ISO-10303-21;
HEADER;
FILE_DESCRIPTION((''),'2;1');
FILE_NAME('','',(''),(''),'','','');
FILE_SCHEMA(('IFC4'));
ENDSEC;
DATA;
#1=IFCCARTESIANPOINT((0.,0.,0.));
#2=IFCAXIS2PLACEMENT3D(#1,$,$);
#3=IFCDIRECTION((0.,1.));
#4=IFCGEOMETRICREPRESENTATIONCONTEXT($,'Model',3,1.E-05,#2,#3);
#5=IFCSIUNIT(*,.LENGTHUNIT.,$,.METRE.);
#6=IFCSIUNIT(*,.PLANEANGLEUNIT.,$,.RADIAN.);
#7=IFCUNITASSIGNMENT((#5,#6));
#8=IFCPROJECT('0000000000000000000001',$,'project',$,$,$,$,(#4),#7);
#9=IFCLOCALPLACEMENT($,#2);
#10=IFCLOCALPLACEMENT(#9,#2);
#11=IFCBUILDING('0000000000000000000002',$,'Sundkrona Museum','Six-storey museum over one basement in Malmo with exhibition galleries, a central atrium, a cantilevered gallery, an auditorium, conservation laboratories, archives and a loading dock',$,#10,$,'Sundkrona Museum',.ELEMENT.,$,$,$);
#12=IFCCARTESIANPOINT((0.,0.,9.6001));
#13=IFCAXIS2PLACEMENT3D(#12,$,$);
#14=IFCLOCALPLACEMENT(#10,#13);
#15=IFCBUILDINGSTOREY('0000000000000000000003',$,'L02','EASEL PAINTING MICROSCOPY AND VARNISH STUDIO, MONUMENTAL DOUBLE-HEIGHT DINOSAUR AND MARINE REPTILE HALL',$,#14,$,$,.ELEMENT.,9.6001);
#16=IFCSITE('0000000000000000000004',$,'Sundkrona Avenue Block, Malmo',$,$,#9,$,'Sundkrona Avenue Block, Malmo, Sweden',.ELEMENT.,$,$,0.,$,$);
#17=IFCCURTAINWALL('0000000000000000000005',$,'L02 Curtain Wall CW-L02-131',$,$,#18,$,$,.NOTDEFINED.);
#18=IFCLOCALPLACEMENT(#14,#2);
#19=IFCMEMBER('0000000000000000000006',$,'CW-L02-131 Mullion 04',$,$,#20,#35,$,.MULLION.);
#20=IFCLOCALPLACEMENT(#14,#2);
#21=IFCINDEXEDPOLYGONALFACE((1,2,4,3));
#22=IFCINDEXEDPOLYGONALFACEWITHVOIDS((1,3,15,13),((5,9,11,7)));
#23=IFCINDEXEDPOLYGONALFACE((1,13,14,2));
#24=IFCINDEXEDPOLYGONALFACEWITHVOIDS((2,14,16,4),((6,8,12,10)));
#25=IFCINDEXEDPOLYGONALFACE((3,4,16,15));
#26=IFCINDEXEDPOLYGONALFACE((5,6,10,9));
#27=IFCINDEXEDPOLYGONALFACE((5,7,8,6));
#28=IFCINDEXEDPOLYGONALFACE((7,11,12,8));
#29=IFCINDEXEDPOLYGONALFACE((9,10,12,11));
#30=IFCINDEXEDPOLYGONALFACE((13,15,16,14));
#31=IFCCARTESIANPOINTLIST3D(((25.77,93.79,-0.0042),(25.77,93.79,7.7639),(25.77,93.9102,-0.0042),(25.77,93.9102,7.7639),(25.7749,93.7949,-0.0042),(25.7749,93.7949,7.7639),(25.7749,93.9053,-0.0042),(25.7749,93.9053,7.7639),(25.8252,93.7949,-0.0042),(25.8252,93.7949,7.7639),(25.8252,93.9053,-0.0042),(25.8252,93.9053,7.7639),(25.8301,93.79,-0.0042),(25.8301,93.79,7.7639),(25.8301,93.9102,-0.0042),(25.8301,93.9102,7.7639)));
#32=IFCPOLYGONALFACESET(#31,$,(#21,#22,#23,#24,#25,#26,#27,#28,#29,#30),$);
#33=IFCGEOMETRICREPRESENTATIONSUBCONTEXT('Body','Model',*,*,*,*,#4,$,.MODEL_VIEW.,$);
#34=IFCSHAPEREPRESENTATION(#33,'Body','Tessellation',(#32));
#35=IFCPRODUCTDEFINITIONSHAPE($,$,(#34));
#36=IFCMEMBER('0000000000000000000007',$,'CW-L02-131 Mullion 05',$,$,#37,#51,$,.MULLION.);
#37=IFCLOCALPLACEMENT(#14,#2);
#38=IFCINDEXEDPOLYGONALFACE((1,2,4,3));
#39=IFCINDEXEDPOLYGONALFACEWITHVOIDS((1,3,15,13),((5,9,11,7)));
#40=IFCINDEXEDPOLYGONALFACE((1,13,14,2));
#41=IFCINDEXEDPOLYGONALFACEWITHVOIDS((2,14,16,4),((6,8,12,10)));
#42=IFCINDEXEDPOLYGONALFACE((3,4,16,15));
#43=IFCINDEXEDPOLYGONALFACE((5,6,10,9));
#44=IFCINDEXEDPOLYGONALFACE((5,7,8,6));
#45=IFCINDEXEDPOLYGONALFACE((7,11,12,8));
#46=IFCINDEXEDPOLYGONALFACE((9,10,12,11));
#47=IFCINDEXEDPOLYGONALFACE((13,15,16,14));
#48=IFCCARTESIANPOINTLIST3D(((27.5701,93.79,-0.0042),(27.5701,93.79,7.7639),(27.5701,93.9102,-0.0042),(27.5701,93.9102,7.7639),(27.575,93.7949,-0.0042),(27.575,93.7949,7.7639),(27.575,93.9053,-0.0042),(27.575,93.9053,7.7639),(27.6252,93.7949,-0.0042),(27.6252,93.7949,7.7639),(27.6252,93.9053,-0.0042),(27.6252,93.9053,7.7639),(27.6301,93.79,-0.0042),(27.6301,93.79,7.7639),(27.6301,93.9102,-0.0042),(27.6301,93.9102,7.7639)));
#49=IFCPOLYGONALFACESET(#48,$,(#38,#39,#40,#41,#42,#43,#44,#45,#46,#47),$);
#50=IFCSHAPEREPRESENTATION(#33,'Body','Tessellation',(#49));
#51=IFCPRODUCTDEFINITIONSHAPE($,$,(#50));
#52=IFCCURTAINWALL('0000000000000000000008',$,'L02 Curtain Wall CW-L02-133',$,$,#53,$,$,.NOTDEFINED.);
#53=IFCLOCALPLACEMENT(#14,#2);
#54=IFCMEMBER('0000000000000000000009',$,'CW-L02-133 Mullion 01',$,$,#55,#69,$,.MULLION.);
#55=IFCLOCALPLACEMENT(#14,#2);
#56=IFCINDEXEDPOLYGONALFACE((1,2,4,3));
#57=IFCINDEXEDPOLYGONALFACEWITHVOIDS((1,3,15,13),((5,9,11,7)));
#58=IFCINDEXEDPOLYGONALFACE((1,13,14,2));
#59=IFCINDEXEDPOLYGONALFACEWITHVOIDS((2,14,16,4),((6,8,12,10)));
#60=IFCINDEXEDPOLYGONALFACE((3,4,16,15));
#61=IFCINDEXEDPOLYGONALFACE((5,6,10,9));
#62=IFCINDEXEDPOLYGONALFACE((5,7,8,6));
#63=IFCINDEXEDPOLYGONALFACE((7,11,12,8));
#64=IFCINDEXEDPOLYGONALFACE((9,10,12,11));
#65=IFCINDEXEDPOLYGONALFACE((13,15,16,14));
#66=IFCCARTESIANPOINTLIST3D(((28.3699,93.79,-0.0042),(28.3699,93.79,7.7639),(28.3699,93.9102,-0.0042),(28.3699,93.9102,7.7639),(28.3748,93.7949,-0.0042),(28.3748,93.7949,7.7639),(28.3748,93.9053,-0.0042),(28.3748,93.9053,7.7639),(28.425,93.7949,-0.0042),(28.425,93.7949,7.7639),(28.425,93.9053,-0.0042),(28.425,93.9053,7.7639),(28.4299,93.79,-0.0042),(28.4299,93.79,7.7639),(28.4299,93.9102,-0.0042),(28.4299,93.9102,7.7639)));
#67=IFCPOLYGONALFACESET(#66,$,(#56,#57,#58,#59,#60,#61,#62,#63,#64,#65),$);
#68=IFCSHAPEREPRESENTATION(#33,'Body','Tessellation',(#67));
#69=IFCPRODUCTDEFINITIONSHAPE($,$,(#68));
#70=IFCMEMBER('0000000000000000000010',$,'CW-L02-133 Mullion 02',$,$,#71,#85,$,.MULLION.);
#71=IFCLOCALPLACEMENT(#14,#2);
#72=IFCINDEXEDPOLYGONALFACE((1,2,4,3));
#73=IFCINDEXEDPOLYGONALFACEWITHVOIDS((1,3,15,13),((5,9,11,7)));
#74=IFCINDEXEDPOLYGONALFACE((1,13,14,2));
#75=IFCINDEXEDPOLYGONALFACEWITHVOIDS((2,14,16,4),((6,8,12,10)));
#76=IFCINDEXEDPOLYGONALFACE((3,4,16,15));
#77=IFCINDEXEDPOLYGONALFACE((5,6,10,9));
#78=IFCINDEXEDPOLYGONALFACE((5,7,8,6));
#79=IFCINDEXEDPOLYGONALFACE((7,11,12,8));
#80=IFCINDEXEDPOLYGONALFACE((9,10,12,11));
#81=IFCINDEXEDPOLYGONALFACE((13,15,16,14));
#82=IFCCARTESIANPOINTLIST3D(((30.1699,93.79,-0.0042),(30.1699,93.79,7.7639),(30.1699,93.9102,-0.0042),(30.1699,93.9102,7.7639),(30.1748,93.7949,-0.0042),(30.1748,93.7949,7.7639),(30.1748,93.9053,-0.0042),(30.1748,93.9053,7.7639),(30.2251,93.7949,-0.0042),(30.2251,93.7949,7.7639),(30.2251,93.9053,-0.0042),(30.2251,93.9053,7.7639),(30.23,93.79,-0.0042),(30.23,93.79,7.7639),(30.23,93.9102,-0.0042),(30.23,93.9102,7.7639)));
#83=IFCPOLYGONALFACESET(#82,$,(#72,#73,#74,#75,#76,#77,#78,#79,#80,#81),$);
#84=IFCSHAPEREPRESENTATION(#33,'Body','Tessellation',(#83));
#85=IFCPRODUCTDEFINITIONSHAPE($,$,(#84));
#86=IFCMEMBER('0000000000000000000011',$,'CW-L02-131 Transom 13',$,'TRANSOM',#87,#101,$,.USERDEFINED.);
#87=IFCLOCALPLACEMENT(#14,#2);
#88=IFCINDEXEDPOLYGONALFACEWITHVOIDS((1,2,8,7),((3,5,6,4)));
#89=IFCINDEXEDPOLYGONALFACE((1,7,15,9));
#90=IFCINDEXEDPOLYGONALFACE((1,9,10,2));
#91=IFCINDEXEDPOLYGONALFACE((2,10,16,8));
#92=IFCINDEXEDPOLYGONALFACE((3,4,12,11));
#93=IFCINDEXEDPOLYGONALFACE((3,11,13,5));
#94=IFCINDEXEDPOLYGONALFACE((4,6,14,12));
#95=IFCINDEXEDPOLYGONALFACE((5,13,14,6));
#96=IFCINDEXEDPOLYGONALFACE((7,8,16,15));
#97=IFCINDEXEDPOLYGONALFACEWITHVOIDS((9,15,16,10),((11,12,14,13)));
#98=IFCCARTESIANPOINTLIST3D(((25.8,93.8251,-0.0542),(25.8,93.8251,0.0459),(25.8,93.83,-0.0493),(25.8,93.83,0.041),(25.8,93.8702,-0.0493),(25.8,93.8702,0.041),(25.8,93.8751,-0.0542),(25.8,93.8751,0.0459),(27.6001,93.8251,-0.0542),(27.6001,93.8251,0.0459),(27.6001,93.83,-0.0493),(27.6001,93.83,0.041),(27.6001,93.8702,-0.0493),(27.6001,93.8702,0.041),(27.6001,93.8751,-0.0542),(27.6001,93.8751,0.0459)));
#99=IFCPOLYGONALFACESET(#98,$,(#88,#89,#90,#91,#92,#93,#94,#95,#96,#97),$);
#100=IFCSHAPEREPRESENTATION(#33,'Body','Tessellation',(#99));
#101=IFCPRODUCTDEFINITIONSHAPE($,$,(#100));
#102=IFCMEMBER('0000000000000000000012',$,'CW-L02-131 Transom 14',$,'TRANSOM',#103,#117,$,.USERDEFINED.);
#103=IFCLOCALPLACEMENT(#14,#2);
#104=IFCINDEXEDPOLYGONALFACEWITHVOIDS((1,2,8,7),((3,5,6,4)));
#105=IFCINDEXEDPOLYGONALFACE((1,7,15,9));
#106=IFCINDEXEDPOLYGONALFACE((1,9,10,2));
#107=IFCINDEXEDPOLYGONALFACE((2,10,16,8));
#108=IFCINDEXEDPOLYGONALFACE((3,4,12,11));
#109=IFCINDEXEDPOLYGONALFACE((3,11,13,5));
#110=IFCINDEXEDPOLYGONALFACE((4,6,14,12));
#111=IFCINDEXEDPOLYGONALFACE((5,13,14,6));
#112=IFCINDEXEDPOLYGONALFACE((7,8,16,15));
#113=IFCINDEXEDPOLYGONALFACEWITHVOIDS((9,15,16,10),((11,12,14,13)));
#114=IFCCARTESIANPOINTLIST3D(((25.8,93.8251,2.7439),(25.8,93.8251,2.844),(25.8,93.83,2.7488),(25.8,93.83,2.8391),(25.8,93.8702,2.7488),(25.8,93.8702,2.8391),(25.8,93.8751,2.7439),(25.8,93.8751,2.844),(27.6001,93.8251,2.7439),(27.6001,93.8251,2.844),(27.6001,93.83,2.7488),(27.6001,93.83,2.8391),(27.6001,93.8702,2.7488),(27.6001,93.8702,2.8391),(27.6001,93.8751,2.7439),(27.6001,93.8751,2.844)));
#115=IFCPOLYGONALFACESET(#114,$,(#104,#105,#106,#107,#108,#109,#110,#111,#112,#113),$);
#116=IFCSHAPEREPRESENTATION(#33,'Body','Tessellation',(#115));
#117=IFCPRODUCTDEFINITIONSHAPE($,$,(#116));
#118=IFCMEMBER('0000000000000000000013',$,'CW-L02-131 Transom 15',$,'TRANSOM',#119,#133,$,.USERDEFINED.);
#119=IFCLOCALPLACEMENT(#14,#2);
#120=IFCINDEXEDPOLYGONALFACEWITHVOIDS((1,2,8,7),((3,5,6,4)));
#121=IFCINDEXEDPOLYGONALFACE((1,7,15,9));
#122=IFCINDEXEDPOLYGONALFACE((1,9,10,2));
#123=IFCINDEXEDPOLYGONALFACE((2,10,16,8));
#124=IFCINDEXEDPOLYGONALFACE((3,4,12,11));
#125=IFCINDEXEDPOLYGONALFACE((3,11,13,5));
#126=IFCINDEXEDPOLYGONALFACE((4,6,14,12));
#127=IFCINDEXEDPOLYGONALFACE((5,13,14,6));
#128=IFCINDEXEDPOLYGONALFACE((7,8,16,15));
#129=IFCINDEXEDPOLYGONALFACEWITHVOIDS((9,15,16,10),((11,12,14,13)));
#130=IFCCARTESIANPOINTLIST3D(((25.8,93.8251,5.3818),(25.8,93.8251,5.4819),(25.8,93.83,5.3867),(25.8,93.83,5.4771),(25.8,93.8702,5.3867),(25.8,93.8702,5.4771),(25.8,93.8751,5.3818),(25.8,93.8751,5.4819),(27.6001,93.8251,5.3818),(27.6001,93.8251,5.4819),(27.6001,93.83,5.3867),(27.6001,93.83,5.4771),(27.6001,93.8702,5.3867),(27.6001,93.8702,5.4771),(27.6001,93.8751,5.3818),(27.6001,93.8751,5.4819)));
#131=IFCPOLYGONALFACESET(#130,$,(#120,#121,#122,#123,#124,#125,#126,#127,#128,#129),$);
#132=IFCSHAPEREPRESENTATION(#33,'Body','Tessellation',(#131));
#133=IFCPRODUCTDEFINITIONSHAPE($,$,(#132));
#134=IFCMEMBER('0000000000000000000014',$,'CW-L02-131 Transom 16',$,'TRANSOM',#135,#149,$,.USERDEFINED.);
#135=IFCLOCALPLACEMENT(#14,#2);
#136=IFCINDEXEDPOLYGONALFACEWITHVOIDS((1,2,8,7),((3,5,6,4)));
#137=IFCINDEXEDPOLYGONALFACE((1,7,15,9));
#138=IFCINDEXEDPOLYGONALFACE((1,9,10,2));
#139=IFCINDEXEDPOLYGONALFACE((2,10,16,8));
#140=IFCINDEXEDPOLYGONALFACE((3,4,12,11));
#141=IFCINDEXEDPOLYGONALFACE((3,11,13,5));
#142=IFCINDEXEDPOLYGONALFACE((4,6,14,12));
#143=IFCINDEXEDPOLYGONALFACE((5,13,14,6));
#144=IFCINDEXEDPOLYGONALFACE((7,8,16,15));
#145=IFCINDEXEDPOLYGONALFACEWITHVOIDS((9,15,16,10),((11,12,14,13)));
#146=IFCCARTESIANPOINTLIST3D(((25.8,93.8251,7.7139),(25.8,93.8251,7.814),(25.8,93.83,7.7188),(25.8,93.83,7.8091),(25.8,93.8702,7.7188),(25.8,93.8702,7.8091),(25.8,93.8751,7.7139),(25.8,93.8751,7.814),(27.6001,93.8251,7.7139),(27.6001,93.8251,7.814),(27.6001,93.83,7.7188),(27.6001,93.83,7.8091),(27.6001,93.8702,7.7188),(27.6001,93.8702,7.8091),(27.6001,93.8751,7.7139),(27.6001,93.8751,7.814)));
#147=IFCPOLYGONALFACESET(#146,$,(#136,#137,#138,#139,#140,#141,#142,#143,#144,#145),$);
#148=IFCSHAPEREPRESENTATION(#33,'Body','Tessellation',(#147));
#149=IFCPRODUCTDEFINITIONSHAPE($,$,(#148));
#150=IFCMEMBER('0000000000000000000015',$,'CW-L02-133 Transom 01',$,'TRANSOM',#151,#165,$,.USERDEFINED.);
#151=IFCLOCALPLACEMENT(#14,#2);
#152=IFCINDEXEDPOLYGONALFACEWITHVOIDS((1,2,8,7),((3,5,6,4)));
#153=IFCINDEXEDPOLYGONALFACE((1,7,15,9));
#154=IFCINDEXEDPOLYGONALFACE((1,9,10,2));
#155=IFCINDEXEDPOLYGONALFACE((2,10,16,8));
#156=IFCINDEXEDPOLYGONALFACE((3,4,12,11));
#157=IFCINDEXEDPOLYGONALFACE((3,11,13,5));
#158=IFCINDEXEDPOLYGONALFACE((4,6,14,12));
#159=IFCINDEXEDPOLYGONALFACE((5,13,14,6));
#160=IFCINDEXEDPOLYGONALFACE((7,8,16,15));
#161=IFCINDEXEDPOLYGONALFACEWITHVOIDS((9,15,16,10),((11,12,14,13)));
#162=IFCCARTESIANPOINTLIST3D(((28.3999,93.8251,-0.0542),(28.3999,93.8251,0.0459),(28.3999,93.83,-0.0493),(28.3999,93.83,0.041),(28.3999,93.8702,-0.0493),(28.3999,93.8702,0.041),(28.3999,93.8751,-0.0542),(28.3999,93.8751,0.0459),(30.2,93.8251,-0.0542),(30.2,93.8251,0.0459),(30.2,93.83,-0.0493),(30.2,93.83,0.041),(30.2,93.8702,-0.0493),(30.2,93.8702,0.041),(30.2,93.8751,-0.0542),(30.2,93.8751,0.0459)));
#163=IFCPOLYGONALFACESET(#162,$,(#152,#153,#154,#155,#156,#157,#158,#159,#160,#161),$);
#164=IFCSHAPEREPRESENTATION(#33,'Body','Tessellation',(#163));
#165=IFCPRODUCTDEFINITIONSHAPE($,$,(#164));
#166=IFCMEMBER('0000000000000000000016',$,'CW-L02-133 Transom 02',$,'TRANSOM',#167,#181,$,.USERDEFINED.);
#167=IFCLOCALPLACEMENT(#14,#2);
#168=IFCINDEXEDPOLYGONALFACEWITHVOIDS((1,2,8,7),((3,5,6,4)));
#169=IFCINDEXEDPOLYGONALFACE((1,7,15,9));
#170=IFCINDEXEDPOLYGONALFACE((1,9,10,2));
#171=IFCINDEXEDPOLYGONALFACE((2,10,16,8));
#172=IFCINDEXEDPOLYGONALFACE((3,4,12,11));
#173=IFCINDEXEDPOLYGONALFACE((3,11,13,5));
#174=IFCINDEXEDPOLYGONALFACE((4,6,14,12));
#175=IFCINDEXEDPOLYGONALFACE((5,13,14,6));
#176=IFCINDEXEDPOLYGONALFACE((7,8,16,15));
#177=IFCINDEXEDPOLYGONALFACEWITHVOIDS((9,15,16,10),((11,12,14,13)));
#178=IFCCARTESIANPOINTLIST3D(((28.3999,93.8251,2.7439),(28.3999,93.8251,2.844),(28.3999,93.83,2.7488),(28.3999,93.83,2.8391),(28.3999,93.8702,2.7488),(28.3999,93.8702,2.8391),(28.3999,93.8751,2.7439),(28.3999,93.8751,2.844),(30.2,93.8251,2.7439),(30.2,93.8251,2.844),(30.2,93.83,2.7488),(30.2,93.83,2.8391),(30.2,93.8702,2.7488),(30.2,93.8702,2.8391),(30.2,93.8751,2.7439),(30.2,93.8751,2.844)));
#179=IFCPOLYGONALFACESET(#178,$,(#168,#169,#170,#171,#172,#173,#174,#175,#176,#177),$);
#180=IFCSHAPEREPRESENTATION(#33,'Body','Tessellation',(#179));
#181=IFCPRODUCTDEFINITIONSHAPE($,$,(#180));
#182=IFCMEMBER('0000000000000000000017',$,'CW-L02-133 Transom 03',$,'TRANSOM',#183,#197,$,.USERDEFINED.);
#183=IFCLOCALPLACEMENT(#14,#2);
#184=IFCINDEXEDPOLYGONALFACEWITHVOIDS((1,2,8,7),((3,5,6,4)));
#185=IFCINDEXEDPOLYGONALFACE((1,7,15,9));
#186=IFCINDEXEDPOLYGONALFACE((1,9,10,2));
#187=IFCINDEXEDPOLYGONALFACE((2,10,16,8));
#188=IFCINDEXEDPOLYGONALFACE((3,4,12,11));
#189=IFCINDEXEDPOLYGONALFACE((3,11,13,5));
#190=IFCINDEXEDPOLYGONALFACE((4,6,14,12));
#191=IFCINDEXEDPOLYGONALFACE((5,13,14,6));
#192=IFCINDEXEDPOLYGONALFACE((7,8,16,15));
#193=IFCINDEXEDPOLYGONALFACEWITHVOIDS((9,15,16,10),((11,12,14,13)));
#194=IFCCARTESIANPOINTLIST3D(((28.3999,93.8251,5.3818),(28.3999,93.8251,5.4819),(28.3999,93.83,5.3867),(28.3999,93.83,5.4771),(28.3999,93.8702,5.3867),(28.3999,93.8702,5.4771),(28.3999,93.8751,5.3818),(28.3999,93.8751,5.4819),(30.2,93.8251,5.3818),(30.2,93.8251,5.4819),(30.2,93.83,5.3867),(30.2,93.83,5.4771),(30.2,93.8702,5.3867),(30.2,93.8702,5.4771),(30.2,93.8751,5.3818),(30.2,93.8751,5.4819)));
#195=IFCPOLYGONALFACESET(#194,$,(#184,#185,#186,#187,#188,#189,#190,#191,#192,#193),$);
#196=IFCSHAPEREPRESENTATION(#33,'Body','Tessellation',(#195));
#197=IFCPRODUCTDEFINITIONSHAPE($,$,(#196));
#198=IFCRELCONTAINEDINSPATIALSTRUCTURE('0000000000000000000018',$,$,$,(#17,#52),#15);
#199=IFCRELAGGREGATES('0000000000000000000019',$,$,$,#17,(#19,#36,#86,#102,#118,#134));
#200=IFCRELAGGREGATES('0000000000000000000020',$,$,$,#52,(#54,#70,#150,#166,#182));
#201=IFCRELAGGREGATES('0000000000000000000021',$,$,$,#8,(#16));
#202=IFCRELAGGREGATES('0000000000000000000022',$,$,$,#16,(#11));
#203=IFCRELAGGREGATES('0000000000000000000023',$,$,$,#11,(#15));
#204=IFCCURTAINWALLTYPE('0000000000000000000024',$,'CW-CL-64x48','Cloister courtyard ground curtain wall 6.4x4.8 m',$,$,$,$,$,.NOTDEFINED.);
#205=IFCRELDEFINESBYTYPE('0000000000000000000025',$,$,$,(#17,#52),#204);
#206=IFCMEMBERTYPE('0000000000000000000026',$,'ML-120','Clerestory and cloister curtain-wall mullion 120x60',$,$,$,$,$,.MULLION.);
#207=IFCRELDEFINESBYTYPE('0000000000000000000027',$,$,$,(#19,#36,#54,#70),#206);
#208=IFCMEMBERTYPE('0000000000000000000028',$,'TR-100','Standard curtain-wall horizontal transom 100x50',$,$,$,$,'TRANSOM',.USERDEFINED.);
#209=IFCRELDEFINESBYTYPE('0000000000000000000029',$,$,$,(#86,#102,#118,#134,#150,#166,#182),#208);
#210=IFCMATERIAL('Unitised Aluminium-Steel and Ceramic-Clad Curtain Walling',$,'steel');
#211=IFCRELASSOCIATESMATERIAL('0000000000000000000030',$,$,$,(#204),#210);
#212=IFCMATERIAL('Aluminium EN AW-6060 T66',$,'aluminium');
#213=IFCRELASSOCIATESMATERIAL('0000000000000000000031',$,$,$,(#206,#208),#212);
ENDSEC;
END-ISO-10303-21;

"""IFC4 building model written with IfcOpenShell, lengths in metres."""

from ifc_helpers import new_model, si_unit, direction, frame, origin, origin_2d, place, context, subcontext, project, spatial, hollow_rectangle, extrude, material, material_profile, profile_set, type_object, element, aggregate, save


model = new_model("IFC4")

# Units and contexts
model_context = context("Model", 3, precision=1e-05, world=origin(), true_north=direction((0.0, 1.0)))
body_context = subcontext(model_context, "Body", "Model", "MODEL_VIEW")
ifc_project = project(units=[si_unit("LENGTHUNIT", "METRE"), si_unit("PLANEANGLEUNIT", "RADIAN")], contexts=[model_context])

# Site, building, storey
site_placement = place(None, origin())
site = spatial("IfcSite", under=ifc_project, at=site_placement, Name="Sundkrona Avenue Block, Malmo", LongName="Sundkrona Avenue Block, Malmo, Sweden", CompositionType="ELEMENT", RefElevation=0.0)
building_placement = place(site_placement, origin())
building = spatial("IfcBuilding", under=site, at=building_placement, Name="Sundkrona Museum", Description="Six-storey museum over one basement in Malmo with exhibition galleries, a central atrium, a cantilevered gallery, an auditorium, conservation laboratories, archives and a loading dock", LongName="Sundkrona Museum", CompositionType="ELEMENT")
storey_placement = place(building_placement, frame((0.0, 0.0, 9.6001)))
storey = spatial("IfcBuildingStorey", under=building, at=storey_placement, Name="L02", Description="EASEL PAINTING MICROSCOPY AND VARNISH STUDIO, MONUMENTAL DOUBLE-HEIGHT DINOSAUR AND MARINE REPTILE HALL", CompositionType="ELEMENT", Elevation=9.6001)

# Curtain walls, members
ifc_material_1 = material(Name="Unitised Aluminium-Steel and Ceramic-Clad Curtain Walling", Category="steel")
curtain_wall_type = type_object("IfcCurtainWallType", Name="CW-CL-64x48", Description="Cloister courtyard ground curtain wall 6.4x4.8 m", PredefinedType="NOTDEFINED", material=ifc_material_1)
curtain_wall_1_placement = place(storey_placement, origin())
curtain_wall_1 = element("IfcCurtainWall", 1, at=curtain_wall_1_placement, inside=storey, type_object=curtain_wall_type, Name="L02 Curtain Wall CW-L02-131", PredefinedType="NOTDEFINED")
ifc_material_2 = material(Name="Aluminium EN AW-6060 T66", Category="aluminium")
ifc_material_profile_1 = material_profile(ifc_material_2, hollow_rectangle(XDim=0.0601, YDim=0.1201, WallThickness=0.0049, at=origin_2d()), Name="RHS 120x60x5.0")
ifc_profile_set_1 = profile_set([ifc_material_profile_1], Name="Aluminium EN AW-6060 T66")
member_type_1 = type_object("IfcMemberType", Name="ML-120", Description="Clerestory and cloister curtain-wall mullion 120x60", PredefinedType="MULLION", material=ifc_profile_set_1)
member_1_placement = place(storey_placement, frame((25.8, 93.8501, -0.0042), z_axis=(0.0, 0.0, 1.0), x_axis=(1.0, 0.0, 0.0)))
member_1 = element("IfcMember", 2, at=member_1_placement, type_object=member_type_1, Name="CW-L02-131 Mullion 04", PredefinedType="MULLION", context=body_context, shape_type="SweptSolid", body=[
    extrude(hollow_rectangle(XDim=0.0601, YDim=0.1201, WallThickness=0.0049, at=origin_2d()), origin(), (0.0, 0.0, 1.0), 7.7681),
])
member_2_placement = place(storey_placement, frame((27.6001, 93.8501, -0.0042), z_axis=(0.0, 0.0, 1.0), x_axis=(1.0, 0.0, 0.0)))
member_2 = element("IfcMember", 3, at=member_2_placement, type_object=member_type_1, Name="CW-L02-131 Mullion 05", PredefinedType="MULLION", context=body_context, shape_type="SweptSolid", body=[
    extrude(hollow_rectangle(XDim=0.0601, YDim=0.1201, WallThickness=0.0049, at=origin_2d()), origin(), (0.0, 0.0, 1.0), 7.7681),
])
curtain_wall_2_placement = place(storey_placement, origin())
curtain_wall_2 = element("IfcCurtainWall", 4, at=curtain_wall_2_placement, inside=storey, type_object=curtain_wall_type, Name="L02 Curtain Wall CW-L02-133", PredefinedType="NOTDEFINED")
member_3_placement = place(storey_placement, frame((28.3999, 93.8501, -0.0042), z_axis=(0.0, 0.0, 1.0), x_axis=(1.0, 0.0, 0.0)))
member_3 = element("IfcMember", 5, at=member_3_placement, type_object=member_type_1, Name="CW-L02-133 Mullion 01", PredefinedType="MULLION", context=body_context, shape_type="SweptSolid", body=[
    extrude(hollow_rectangle(XDim=0.0601, YDim=0.1201, WallThickness=0.0049, at=origin_2d()), origin(), (0.0, 0.0, 1.0), 7.7681),
])
member_4_placement = place(storey_placement, frame((30.2, 93.8501, -0.0042), z_axis=(0.0, 0.0, 1.0), x_axis=(1.0, 0.0, 0.0)))
member_4 = element("IfcMember", 6, at=member_4_placement, type_object=member_type_1, Name="CW-L02-133 Mullion 02", PredefinedType="MULLION", context=body_context, shape_type="SweptSolid", body=[
    extrude(hollow_rectangle(XDim=0.0601, YDim=0.1201, WallThickness=0.0049, at=origin_2d()), origin(), (0.0, 0.0, 1.0), 7.7681),
])

# Members
ifc_material_profile_2 = material_profile(ifc_material_2, hollow_rectangle(XDim=0.05, YDim=0.1001, WallThickness=0.0049, at=origin_2d()), Name="RHS 100x50x5.0")
ifc_profile_set_2 = profile_set([ifc_material_profile_2], Name="Aluminium EN AW-6060 T66")
member_type_2 = type_object("IfcMemberType", Name="TR-100", Description="Standard curtain-wall horizontal transom 100x50", ElementType="TRANSOM", PredefinedType="USERDEFINED", material=ifc_profile_set_2)
member_5_placement = place(storey_placement, frame((25.8, 93.8501, -0.0042), z_axis=(1.0, 0.0, 0.0), x_axis=(0.0, 1.0, 0.0)))
member_5 = element("IfcMember", 7, at=member_5_placement, type_object=member_type_2, Name="CW-L02-131 Transom 13", ObjectType="TRANSOM", PredefinedType="USERDEFINED", context=body_context, shape_type="SweptSolid", body=[
    extrude(hollow_rectangle(XDim=0.05, YDim=0.1001, WallThickness=0.0049, at=origin_2d()), origin(), (0.0, 0.0, 1.0), 1.8),
])
member_6_placement = place(storey_placement, frame((25.8, 93.8501, 2.7939), z_axis=(1.0, 0.0, 0.0), x_axis=(0.0, 1.0, 0.0)))
member_6 = element("IfcMember", 8, at=member_6_placement, type_object=member_type_2, Name="CW-L02-131 Transom 14", ObjectType="TRANSOM", PredefinedType="USERDEFINED", context=body_context, shape_type="SweptSolid", body=[
    extrude(hollow_rectangle(XDim=0.05, YDim=0.1001, WallThickness=0.0049, at=origin_2d()), origin(), (0.0, 0.0, 1.0), 1.8),
])
member_7_placement = place(storey_placement, frame((25.8, 93.8501, 5.4319), z_axis=(1.0, 0.0, 0.0), x_axis=(0.0, 1.0, 0.0)))
member_7 = element("IfcMember", 9, at=member_7_placement, type_object=member_type_2, Name="CW-L02-131 Transom 15", ObjectType="TRANSOM", PredefinedType="USERDEFINED", context=body_context, shape_type="SweptSolid", body=[
    extrude(hollow_rectangle(XDim=0.05, YDim=0.1001, WallThickness=0.0049, at=origin_2d()), origin(), (0.0, 0.0, 1.0), 1.8),
])
member_8_placement = place(storey_placement, frame((25.8, 93.8501, 7.7639), z_axis=(1.0, 0.0, 0.0), x_axis=(0.0, 1.0, 0.0)))
member_8 = element("IfcMember", 10, at=member_8_placement, type_object=member_type_2, Name="CW-L02-131 Transom 16", ObjectType="TRANSOM", PredefinedType="USERDEFINED", context=body_context, shape_type="SweptSolid", body=[
    extrude(hollow_rectangle(XDim=0.05, YDim=0.1001, WallThickness=0.0049, at=origin_2d()), origin(), (0.0, 0.0, 1.0), 1.8),
])
member_9_placement = place(storey_placement, frame((28.3999, 93.8501, -0.0042), z_axis=(1.0, 0.0, 0.0), x_axis=(0.0, 1.0, 0.0)))
member_9 = element("IfcMember", 11, at=member_9_placement, type_object=member_type_2, Name="CW-L02-133 Transom 01", ObjectType="TRANSOM", PredefinedType="USERDEFINED", context=body_context, shape_type="SweptSolid", body=[
    extrude(hollow_rectangle(XDim=0.05, YDim=0.1001, WallThickness=0.0049, at=origin_2d()), origin(), (0.0, 0.0, 1.0), 1.8),
])
member_10_placement = place(storey_placement, frame((28.3999, 93.8501, 2.7939), z_axis=(1.0, 0.0, 0.0), x_axis=(0.0, 1.0, 0.0)))
member_10 = element("IfcMember", 12, at=member_10_placement, type_object=member_type_2, Name="CW-L02-133 Transom 02", ObjectType="TRANSOM", PredefinedType="USERDEFINED", context=body_context, shape_type="SweptSolid", body=[
    extrude(hollow_rectangle(XDim=0.05, YDim=0.1001, WallThickness=0.0049, at=origin_2d()), origin(), (0.0, 0.0, 1.0), 1.8),
])
member_11_placement = place(storey_placement, frame((28.3999, 93.8501, 5.4319), z_axis=(1.0, 0.0, 0.0), x_axis=(0.0, 1.0, 0.0)))
member_11 = element("IfcMember", 13, at=member_11_placement, type_object=member_type_2, Name="CW-L02-133 Transom 03", ObjectType="TRANSOM", PredefinedType="USERDEFINED", context=body_context, shape_type="SweptSolid", body=[
    extrude(hollow_rectangle(XDim=0.05, YDim=0.1001, WallThickness=0.0049, at=origin_2d()), origin(), (0.0, 0.0, 1.0), 1.8),
])

aggregate(curtain_wall_1, [member_1, member_2, member_5, member_6, member_7, member_8])
aggregate(curtain_wall_2, [member_3, member_4, member_9, member_10, member_11])

save(model, "model.ifc")
